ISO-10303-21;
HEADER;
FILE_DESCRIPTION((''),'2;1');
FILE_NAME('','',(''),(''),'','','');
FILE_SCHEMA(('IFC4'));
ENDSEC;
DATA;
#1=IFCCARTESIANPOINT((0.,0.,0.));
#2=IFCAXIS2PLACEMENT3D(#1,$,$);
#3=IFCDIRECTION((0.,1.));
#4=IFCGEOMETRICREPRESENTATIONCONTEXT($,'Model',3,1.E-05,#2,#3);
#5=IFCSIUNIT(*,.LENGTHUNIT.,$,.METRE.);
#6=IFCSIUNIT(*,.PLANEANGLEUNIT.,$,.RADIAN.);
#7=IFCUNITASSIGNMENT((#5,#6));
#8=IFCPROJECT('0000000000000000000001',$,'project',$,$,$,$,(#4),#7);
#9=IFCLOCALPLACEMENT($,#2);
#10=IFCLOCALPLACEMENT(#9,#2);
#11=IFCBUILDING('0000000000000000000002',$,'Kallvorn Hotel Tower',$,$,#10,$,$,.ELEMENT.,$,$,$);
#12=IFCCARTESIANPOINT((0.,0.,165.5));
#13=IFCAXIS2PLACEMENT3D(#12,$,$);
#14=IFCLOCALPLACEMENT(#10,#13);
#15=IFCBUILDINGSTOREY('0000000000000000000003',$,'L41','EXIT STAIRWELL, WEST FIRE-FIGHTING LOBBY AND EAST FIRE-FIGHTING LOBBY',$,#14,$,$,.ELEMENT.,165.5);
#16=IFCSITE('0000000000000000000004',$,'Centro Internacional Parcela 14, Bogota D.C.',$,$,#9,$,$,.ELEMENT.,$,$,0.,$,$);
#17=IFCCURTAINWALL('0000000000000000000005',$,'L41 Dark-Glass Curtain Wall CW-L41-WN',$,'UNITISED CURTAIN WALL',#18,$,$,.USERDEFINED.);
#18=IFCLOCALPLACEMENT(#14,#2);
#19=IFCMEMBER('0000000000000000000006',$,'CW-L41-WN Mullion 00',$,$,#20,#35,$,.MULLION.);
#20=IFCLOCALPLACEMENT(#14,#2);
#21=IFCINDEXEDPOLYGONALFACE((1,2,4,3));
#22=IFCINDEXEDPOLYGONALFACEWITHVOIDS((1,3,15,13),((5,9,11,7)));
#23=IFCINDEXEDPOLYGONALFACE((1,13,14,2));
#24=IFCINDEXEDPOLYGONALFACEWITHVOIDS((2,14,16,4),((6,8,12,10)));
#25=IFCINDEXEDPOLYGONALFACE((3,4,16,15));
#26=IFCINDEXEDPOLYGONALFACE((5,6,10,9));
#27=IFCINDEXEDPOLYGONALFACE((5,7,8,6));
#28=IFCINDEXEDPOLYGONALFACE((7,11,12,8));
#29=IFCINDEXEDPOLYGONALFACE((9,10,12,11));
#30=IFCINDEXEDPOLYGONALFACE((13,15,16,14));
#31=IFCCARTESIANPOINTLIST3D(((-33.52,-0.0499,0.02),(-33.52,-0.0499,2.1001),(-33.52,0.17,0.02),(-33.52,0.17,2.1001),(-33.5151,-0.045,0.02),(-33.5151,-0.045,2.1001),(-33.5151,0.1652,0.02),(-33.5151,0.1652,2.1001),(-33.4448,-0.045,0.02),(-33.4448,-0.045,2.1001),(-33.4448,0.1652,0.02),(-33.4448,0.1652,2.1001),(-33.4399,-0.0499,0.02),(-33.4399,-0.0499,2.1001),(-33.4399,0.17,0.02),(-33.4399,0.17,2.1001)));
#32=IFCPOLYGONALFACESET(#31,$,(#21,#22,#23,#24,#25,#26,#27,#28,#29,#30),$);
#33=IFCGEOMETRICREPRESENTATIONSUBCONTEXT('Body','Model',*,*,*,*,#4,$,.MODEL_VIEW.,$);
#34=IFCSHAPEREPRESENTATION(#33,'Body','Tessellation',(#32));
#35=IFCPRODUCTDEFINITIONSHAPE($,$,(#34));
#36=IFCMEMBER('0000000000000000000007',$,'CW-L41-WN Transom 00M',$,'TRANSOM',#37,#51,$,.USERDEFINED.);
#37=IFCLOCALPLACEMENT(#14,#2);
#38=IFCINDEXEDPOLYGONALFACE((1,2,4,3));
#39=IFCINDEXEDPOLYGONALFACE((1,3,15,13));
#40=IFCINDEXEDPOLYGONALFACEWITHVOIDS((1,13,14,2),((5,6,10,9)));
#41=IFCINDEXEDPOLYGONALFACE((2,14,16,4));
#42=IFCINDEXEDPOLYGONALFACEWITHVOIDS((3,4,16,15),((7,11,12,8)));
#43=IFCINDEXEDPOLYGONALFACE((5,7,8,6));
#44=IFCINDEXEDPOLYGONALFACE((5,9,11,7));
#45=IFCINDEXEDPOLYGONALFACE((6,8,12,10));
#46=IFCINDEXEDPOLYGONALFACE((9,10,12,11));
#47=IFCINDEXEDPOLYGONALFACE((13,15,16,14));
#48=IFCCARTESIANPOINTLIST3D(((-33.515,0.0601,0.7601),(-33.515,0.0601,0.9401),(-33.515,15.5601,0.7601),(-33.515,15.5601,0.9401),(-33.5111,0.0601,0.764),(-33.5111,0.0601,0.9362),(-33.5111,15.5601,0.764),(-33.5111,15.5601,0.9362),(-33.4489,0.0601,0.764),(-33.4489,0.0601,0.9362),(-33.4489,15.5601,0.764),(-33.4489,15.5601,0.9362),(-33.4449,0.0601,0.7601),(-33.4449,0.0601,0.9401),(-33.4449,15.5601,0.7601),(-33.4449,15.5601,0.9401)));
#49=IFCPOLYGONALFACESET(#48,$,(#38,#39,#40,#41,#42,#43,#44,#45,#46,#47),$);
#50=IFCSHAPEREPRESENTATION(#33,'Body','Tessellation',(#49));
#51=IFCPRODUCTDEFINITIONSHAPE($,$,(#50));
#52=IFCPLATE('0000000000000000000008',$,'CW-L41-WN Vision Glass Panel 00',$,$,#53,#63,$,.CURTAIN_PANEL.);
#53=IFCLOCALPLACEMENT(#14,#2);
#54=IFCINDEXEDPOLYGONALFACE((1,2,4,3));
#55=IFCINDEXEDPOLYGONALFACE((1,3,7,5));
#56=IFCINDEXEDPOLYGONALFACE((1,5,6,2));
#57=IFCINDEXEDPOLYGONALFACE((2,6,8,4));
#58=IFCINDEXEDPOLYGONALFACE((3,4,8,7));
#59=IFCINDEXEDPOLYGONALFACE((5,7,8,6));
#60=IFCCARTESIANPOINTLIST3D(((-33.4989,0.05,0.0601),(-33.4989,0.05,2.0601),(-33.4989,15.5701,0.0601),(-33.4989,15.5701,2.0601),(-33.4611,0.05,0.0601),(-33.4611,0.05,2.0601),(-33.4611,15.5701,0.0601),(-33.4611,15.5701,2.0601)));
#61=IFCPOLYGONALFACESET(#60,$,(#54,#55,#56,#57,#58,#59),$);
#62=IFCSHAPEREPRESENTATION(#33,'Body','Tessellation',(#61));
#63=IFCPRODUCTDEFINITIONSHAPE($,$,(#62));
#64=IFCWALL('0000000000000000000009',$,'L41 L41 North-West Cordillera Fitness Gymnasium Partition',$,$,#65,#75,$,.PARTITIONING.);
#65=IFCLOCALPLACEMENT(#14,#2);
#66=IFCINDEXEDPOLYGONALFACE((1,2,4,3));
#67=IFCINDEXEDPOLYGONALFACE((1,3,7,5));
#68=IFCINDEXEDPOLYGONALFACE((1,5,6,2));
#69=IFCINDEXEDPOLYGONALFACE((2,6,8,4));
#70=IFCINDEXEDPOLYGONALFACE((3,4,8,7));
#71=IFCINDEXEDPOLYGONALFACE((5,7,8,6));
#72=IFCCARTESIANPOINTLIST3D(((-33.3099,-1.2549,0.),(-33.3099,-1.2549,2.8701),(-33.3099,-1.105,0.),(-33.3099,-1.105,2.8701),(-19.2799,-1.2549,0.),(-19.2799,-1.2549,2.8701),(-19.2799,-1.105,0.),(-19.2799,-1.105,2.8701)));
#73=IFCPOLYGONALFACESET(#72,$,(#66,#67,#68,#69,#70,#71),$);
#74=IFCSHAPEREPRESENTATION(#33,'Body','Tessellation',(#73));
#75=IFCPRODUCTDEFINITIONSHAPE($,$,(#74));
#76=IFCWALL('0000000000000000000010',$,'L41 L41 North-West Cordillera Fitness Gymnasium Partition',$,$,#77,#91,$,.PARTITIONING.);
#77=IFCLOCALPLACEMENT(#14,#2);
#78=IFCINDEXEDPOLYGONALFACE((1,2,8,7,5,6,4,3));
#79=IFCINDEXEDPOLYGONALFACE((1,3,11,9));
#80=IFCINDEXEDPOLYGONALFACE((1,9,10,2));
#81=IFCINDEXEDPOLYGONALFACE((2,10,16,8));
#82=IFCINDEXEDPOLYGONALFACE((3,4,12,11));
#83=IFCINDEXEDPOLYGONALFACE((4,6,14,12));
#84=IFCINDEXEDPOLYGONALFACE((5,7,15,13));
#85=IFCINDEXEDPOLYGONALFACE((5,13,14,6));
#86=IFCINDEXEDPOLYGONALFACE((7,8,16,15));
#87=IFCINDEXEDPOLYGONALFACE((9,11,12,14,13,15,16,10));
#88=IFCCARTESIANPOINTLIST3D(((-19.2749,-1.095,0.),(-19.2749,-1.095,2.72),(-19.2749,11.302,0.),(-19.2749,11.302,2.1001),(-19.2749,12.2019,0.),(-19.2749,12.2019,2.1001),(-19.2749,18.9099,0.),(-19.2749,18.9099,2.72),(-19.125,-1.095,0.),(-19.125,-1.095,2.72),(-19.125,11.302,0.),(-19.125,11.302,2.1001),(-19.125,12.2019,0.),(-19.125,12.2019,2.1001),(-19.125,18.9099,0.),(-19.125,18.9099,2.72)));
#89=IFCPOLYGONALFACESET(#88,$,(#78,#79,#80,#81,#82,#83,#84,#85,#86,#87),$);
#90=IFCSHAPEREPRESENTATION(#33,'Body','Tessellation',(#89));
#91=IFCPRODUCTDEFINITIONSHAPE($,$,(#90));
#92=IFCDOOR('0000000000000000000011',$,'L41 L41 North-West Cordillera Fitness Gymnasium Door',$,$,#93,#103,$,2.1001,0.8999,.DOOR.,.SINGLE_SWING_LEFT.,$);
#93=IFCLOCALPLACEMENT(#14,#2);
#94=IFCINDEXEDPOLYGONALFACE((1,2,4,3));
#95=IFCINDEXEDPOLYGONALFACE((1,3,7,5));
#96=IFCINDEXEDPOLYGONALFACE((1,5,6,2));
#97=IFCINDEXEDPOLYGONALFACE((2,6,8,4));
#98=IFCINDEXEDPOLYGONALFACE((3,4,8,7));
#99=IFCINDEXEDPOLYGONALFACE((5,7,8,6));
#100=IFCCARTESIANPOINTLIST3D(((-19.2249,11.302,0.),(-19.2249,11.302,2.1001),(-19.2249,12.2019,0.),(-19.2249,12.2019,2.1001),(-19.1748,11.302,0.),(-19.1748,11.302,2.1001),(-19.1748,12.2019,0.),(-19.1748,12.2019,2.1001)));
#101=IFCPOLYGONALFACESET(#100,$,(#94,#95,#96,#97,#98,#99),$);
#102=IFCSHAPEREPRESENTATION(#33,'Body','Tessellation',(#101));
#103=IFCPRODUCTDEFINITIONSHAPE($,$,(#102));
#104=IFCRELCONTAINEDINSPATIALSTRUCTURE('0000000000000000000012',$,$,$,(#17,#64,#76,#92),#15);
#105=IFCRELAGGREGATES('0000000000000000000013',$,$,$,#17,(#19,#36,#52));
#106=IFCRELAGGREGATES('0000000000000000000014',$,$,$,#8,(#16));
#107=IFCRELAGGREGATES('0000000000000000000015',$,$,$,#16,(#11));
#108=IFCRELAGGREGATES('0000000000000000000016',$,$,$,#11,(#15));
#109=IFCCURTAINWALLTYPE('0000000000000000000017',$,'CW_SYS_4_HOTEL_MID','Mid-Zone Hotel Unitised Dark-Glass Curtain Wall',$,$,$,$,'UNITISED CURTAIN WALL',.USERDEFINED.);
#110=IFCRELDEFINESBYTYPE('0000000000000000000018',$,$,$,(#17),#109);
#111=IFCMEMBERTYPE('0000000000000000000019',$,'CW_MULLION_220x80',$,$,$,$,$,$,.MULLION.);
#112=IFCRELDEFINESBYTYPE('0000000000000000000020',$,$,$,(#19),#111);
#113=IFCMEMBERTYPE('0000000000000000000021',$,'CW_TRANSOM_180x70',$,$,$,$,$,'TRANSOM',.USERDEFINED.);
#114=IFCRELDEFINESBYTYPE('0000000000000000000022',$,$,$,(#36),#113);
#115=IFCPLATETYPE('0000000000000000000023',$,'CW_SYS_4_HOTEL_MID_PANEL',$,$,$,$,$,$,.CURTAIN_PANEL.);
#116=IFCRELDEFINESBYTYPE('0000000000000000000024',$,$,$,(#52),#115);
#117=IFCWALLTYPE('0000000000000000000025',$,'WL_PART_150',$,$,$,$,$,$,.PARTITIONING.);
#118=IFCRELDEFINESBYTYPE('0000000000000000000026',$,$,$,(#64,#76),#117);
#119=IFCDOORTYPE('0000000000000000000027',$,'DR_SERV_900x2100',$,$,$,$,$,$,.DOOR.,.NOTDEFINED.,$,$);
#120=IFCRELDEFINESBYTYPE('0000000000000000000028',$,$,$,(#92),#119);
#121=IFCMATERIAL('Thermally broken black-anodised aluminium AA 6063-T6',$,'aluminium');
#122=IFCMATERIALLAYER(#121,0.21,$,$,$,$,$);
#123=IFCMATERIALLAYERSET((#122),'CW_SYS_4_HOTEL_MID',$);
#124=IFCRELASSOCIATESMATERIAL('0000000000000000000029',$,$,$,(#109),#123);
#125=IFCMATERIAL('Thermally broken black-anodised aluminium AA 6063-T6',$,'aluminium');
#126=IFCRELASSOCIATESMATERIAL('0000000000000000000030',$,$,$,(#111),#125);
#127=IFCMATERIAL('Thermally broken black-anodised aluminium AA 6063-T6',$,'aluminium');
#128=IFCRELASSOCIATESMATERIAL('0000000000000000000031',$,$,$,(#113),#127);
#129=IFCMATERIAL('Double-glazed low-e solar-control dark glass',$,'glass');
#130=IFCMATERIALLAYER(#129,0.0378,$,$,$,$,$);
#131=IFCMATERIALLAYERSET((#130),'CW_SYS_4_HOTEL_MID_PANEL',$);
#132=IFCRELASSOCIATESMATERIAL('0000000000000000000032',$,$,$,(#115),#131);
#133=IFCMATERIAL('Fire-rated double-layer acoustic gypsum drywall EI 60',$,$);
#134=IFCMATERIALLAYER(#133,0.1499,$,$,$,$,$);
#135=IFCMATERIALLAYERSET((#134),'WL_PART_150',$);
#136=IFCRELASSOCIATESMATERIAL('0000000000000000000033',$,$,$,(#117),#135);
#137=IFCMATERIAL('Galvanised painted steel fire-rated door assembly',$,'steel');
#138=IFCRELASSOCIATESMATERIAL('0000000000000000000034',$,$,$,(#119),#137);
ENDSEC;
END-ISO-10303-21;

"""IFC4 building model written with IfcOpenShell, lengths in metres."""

from ifc_helpers import new_model, si_unit, direction, frame, frame_2d, origin, origin_2d, place, context, subcontext, project, spatial, rectangle, hollow_rectangle, extrude, material, layer, layer_set, material_profile, profile_set, type_object, element, fill, aggregate, save


model = new_model("IFC4")

# Units and contexts
model_context = context("Model", 3, precision=1e-05, world=origin(), true_north=direction((0.0, 1.0)))
body_context = subcontext(model_context, "Body", "Model", "MODEL_VIEW")
ifc_project = project(units=[si_unit("LENGTHUNIT", "METRE"), si_unit("PLANEANGLEUNIT", "RADIAN")], contexts=[model_context])

# Site, building, storey
site_placement = place(None, origin())
site = spatial("IfcSite", under=ifc_project, at=site_placement, Name="Centro Internacional Parcela 14, Bogota D.C.", CompositionType="ELEMENT", RefElevation=0.0)
building_placement = place(site_placement, origin())
building = spatial("IfcBuilding", under=site, at=building_placement, Name="Kallvorn Hotel Tower", CompositionType="ELEMENT")
storey_placement = place(building_placement, frame((0.0, 0.0, 165.5)))
storey = spatial("IfcBuildingStorey", under=building, at=storey_placement, Name="L41", Description="EXIT STAIRWELL, WEST FIRE-FIGHTING LOBBY AND EAST FIRE-FIGHTING LOBBY", CompositionType="ELEMENT", Elevation=165.5)

# Curtain wall, members, plate
ifc_material_1 = material(Name="Thermally broken black-anodised aluminium AA 6063-T6", Category="aluminium")
ifc_layer_1 = layer(ifc_material_1, 0.21)
ifc_layer_set_1 = layer_set([ifc_layer_1], Name="CW_SYS_4_HOTEL_MID")
curtain_wall_type = type_object("IfcCurtainWallType", Name="CW_SYS_4_HOTEL_MID", Description="Mid-Zone Hotel Unitised Dark-Glass Curtain Wall", ElementType="UNITISED CURTAIN WALL", PredefinedType="USERDEFINED", material=ifc_layer_set_1)
curtain_wall_placement = place(storey_placement, origin())
curtain_wall = element("IfcCurtainWall", 1, at=curtain_wall_placement, inside=storey, type_object=curtain_wall_type, Name="L41 Dark-Glass Curtain Wall CW-L41-WN", ObjectType="UNITISED CURTAIN WALL", PredefinedType="USERDEFINED")
ifc_material_2 = material(Name="Thermally broken black-anodised aluminium AA 6063-T6", Category="aluminium")
ifc_material_profile_1 = material_profile(ifc_material_2, hollow_rectangle(XDim=0.0801, YDim=0.22, WallThickness=0.0049, at=origin_2d()), Name="MUL 220x80")
ifc_profile_set_1 = profile_set([ifc_material_profile_1], Name="Thermally broken black-anodised aluminium AA 6063-T6")
member_type_1 = type_object("IfcMemberType", Name="CW_MULLION_220x80", PredefinedType="MULLION", material=ifc_profile_set_1)
member_1_placement = place(storey_placement, frame((-33.48, 0.0601, 0.02), z_axis=(0.0, 0.0, 1.0), x_axis=(1.0, 0.0, 0.0)))
member_1 = element("IfcMember", 2, at=member_1_placement, type_object=member_type_1, Name="CW-L41-WN Mullion 00", PredefinedType="MULLION", context=body_context, shape_type="SweptSolid", body=[
    extrude(hollow_rectangle(XDim=0.0801, YDim=0.22, WallThickness=0.0049, at=origin_2d()), origin(), (0.0, 0.0, 1.0), 2.0801),
])
ifc_material_3 = material(Name="Thermally broken black-anodised aluminium AA 6063-T6", Category="aluminium")
ifc_material_profile_2 = material_profile(ifc_material_3, hollow_rectangle(XDim=0.0701, YDim=0.1799, WallThickness=0.0039, at=origin_2d()), Name="TRN 180x70")
ifc_profile_set_2 = profile_set([ifc_material_profile_2], Name="Thermally broken black-anodised aluminium AA 6063-T6")
member_type_2 = type_object("IfcMemberType", Name="CW_TRANSOM_180x70", ElementType="TRANSOM", PredefinedType="USERDEFINED", material=ifc_profile_set_2)
member_2_placement = place(storey_placement, frame((-33.48, 0.0601, 0.8501), z_axis=(0.0, 1.0, 0.0), x_axis=(-1.0, 0.0, 0.0)))
member_2 = element("IfcMember", 3, at=member_2_placement, type_object=member_type_2, Name="CW-L41-WN Transom 00M", ObjectType="TRANSOM", PredefinedType="USERDEFINED", context=body_context, shape_type="SweptSolid", body=[
    extrude(hollow_rectangle(XDim=0.0701, YDim=0.1799, WallThickness=0.0039, at=origin_2d()), origin(), (0.0, 0.0, 1.0), 15.5),
])
ifc_material_4 = material(Name="Double-glazed low-e solar-control dark glass", Category="glass")
ifc_layer_2 = layer(ifc_material_4, 0.0378)
ifc_layer_set_2 = layer_set([ifc_layer_2], Name="CW_SYS_4_HOTEL_MID_PANEL")
plate_type = type_object("IfcPlateType", Name="CW_SYS_4_HOTEL_MID_PANEL", PredefinedType="CURTAIN_PANEL", material=ifc_layer_set_2)
plate_placement = place(storey_placement, frame((-33.48, 7.8101, 0.0601), z_axis=(0.0, 0.0, 1.0), x_axis=(0.0, 1.0, 0.0)))
plate = element("IfcPlate", 4, at=plate_placement, type_object=plate_type, Name="CW-L41-WN Vision Glass Panel 00", PredefinedType="CURTAIN_PANEL", context=body_context, shape_type="SweptSolid", body=[
    extrude(rectangle(XDim=15.52, YDim=0.0378, at=origin_2d()), origin(), (0.0, 0.0, 1.0), 2.0),
])
aggregate(curtain_wall, [member_1, member_2, plate])

# Wall
ifc_material_5 = material(Name="Fire-rated double-layer acoustic gypsum drywall EI 60")
ifc_layer_3 = layer(ifc_material_5, 0.1499)
ifc_layer_set_3 = layer_set([ifc_layer_3], Name="WL_PART_150")
wall_type = type_object("IfcWallType", Name="WL_PART_150", PredefinedType="PARTITIONING", material=ifc_layer_set_3)
wall_1_placement = place(storey_placement, frame((-33.3101, -1.1799, 0.0), z_axis=(0.0, 0.0, 1.0), x_axis=(1.0, 0.0, 0.0)))
element("IfcWall", 5, at=wall_1_placement, inside=storey, type_object=wall_type, Name="L41 L41 North-West Cordillera Fitness Gymnasium Partition", PredefinedType="PARTITIONING", context=body_context, shape_type="SweptSolid", body=[
    extrude(rectangle(XDim=14.03, YDim=0.1499, at=frame_2d((7.0151, 0.0))), origin(), (0.0, 0.0, 1.0), 2.8701),
])

# Wall, opening, door
wall_2_placement = place(storey_placement, frame((-19.2, -1.095, 0.0), z_axis=(0.0, 0.0, 1.0), x_axis=(0.0, 1.0, 0.0)))
wall_2 = element("IfcWall", 6, at=wall_2_placement, inside=storey, type_object=wall_type, Name="L41 L41 North-West Cordillera Fitness Gymnasium Partition", PredefinedType="PARTITIONING", context=body_context, shape_type="SweptSolid", body=[
    extrude(rectangle(XDim=20.0049, YDim=0.1499, at=frame_2d((10.0024, 0.0))), origin(), (0.0, 0.0, 1.0), 2.72),
])
opening_placement = place(wall_2_placement, frame((12.397, 0.0, 0.0)))
opening = element("IfcOpeningElement", 7, at=opening_placement, cuts=wall_2, PredefinedType="OPENING", context=body_context, shape_type="SweptSolid", body=[
    extrude(rectangle(XDim=0.8999, YDim=2.1001, at=frame_2d((0.45, 1.05))), frame((0.0, 0.0898, 0.0), z_axis=(0.0, -1.0, 0.0), x_axis=(1.0, 0.0, 0.0)), (0.0, 0.0, 1.0), 0.1799),
])
ifc_material_6 = material(Name="Galvanised painted steel fire-rated door assembly", Category="steel")
door_type = type_object("IfcDoorType", Name="DR_SERV_900x2100", OperationType="NOTDEFINED", PredefinedType="DOOR", material=ifc_material_6)
door_placement = place(opening_placement, origin())
door = element("IfcDoor", 8, at=door_placement, inside=storey, type_object=door_type, Name="L41 L41 North-West Cordillera Fitness Gymnasium Door", OperationType="SINGLE_SWING_LEFT", OverallHeight=2.1001, OverallWidth=0.8999, PredefinedType="DOOR", context=body_context, shape_type="SweptSolid", body=[
    extrude(rectangle(XDim=0.8999, YDim=2.1001, at=frame_2d((0.45, 1.05))), frame((0.0, 0.0249, 0.0), z_axis=(0.0, -1.0, 0.0), x_axis=(1.0, 0.0, 0.0)), (0.0, 0.0, 1.0), 0.05),
])
fill(opening, door)

save(model, "model.ifc")
